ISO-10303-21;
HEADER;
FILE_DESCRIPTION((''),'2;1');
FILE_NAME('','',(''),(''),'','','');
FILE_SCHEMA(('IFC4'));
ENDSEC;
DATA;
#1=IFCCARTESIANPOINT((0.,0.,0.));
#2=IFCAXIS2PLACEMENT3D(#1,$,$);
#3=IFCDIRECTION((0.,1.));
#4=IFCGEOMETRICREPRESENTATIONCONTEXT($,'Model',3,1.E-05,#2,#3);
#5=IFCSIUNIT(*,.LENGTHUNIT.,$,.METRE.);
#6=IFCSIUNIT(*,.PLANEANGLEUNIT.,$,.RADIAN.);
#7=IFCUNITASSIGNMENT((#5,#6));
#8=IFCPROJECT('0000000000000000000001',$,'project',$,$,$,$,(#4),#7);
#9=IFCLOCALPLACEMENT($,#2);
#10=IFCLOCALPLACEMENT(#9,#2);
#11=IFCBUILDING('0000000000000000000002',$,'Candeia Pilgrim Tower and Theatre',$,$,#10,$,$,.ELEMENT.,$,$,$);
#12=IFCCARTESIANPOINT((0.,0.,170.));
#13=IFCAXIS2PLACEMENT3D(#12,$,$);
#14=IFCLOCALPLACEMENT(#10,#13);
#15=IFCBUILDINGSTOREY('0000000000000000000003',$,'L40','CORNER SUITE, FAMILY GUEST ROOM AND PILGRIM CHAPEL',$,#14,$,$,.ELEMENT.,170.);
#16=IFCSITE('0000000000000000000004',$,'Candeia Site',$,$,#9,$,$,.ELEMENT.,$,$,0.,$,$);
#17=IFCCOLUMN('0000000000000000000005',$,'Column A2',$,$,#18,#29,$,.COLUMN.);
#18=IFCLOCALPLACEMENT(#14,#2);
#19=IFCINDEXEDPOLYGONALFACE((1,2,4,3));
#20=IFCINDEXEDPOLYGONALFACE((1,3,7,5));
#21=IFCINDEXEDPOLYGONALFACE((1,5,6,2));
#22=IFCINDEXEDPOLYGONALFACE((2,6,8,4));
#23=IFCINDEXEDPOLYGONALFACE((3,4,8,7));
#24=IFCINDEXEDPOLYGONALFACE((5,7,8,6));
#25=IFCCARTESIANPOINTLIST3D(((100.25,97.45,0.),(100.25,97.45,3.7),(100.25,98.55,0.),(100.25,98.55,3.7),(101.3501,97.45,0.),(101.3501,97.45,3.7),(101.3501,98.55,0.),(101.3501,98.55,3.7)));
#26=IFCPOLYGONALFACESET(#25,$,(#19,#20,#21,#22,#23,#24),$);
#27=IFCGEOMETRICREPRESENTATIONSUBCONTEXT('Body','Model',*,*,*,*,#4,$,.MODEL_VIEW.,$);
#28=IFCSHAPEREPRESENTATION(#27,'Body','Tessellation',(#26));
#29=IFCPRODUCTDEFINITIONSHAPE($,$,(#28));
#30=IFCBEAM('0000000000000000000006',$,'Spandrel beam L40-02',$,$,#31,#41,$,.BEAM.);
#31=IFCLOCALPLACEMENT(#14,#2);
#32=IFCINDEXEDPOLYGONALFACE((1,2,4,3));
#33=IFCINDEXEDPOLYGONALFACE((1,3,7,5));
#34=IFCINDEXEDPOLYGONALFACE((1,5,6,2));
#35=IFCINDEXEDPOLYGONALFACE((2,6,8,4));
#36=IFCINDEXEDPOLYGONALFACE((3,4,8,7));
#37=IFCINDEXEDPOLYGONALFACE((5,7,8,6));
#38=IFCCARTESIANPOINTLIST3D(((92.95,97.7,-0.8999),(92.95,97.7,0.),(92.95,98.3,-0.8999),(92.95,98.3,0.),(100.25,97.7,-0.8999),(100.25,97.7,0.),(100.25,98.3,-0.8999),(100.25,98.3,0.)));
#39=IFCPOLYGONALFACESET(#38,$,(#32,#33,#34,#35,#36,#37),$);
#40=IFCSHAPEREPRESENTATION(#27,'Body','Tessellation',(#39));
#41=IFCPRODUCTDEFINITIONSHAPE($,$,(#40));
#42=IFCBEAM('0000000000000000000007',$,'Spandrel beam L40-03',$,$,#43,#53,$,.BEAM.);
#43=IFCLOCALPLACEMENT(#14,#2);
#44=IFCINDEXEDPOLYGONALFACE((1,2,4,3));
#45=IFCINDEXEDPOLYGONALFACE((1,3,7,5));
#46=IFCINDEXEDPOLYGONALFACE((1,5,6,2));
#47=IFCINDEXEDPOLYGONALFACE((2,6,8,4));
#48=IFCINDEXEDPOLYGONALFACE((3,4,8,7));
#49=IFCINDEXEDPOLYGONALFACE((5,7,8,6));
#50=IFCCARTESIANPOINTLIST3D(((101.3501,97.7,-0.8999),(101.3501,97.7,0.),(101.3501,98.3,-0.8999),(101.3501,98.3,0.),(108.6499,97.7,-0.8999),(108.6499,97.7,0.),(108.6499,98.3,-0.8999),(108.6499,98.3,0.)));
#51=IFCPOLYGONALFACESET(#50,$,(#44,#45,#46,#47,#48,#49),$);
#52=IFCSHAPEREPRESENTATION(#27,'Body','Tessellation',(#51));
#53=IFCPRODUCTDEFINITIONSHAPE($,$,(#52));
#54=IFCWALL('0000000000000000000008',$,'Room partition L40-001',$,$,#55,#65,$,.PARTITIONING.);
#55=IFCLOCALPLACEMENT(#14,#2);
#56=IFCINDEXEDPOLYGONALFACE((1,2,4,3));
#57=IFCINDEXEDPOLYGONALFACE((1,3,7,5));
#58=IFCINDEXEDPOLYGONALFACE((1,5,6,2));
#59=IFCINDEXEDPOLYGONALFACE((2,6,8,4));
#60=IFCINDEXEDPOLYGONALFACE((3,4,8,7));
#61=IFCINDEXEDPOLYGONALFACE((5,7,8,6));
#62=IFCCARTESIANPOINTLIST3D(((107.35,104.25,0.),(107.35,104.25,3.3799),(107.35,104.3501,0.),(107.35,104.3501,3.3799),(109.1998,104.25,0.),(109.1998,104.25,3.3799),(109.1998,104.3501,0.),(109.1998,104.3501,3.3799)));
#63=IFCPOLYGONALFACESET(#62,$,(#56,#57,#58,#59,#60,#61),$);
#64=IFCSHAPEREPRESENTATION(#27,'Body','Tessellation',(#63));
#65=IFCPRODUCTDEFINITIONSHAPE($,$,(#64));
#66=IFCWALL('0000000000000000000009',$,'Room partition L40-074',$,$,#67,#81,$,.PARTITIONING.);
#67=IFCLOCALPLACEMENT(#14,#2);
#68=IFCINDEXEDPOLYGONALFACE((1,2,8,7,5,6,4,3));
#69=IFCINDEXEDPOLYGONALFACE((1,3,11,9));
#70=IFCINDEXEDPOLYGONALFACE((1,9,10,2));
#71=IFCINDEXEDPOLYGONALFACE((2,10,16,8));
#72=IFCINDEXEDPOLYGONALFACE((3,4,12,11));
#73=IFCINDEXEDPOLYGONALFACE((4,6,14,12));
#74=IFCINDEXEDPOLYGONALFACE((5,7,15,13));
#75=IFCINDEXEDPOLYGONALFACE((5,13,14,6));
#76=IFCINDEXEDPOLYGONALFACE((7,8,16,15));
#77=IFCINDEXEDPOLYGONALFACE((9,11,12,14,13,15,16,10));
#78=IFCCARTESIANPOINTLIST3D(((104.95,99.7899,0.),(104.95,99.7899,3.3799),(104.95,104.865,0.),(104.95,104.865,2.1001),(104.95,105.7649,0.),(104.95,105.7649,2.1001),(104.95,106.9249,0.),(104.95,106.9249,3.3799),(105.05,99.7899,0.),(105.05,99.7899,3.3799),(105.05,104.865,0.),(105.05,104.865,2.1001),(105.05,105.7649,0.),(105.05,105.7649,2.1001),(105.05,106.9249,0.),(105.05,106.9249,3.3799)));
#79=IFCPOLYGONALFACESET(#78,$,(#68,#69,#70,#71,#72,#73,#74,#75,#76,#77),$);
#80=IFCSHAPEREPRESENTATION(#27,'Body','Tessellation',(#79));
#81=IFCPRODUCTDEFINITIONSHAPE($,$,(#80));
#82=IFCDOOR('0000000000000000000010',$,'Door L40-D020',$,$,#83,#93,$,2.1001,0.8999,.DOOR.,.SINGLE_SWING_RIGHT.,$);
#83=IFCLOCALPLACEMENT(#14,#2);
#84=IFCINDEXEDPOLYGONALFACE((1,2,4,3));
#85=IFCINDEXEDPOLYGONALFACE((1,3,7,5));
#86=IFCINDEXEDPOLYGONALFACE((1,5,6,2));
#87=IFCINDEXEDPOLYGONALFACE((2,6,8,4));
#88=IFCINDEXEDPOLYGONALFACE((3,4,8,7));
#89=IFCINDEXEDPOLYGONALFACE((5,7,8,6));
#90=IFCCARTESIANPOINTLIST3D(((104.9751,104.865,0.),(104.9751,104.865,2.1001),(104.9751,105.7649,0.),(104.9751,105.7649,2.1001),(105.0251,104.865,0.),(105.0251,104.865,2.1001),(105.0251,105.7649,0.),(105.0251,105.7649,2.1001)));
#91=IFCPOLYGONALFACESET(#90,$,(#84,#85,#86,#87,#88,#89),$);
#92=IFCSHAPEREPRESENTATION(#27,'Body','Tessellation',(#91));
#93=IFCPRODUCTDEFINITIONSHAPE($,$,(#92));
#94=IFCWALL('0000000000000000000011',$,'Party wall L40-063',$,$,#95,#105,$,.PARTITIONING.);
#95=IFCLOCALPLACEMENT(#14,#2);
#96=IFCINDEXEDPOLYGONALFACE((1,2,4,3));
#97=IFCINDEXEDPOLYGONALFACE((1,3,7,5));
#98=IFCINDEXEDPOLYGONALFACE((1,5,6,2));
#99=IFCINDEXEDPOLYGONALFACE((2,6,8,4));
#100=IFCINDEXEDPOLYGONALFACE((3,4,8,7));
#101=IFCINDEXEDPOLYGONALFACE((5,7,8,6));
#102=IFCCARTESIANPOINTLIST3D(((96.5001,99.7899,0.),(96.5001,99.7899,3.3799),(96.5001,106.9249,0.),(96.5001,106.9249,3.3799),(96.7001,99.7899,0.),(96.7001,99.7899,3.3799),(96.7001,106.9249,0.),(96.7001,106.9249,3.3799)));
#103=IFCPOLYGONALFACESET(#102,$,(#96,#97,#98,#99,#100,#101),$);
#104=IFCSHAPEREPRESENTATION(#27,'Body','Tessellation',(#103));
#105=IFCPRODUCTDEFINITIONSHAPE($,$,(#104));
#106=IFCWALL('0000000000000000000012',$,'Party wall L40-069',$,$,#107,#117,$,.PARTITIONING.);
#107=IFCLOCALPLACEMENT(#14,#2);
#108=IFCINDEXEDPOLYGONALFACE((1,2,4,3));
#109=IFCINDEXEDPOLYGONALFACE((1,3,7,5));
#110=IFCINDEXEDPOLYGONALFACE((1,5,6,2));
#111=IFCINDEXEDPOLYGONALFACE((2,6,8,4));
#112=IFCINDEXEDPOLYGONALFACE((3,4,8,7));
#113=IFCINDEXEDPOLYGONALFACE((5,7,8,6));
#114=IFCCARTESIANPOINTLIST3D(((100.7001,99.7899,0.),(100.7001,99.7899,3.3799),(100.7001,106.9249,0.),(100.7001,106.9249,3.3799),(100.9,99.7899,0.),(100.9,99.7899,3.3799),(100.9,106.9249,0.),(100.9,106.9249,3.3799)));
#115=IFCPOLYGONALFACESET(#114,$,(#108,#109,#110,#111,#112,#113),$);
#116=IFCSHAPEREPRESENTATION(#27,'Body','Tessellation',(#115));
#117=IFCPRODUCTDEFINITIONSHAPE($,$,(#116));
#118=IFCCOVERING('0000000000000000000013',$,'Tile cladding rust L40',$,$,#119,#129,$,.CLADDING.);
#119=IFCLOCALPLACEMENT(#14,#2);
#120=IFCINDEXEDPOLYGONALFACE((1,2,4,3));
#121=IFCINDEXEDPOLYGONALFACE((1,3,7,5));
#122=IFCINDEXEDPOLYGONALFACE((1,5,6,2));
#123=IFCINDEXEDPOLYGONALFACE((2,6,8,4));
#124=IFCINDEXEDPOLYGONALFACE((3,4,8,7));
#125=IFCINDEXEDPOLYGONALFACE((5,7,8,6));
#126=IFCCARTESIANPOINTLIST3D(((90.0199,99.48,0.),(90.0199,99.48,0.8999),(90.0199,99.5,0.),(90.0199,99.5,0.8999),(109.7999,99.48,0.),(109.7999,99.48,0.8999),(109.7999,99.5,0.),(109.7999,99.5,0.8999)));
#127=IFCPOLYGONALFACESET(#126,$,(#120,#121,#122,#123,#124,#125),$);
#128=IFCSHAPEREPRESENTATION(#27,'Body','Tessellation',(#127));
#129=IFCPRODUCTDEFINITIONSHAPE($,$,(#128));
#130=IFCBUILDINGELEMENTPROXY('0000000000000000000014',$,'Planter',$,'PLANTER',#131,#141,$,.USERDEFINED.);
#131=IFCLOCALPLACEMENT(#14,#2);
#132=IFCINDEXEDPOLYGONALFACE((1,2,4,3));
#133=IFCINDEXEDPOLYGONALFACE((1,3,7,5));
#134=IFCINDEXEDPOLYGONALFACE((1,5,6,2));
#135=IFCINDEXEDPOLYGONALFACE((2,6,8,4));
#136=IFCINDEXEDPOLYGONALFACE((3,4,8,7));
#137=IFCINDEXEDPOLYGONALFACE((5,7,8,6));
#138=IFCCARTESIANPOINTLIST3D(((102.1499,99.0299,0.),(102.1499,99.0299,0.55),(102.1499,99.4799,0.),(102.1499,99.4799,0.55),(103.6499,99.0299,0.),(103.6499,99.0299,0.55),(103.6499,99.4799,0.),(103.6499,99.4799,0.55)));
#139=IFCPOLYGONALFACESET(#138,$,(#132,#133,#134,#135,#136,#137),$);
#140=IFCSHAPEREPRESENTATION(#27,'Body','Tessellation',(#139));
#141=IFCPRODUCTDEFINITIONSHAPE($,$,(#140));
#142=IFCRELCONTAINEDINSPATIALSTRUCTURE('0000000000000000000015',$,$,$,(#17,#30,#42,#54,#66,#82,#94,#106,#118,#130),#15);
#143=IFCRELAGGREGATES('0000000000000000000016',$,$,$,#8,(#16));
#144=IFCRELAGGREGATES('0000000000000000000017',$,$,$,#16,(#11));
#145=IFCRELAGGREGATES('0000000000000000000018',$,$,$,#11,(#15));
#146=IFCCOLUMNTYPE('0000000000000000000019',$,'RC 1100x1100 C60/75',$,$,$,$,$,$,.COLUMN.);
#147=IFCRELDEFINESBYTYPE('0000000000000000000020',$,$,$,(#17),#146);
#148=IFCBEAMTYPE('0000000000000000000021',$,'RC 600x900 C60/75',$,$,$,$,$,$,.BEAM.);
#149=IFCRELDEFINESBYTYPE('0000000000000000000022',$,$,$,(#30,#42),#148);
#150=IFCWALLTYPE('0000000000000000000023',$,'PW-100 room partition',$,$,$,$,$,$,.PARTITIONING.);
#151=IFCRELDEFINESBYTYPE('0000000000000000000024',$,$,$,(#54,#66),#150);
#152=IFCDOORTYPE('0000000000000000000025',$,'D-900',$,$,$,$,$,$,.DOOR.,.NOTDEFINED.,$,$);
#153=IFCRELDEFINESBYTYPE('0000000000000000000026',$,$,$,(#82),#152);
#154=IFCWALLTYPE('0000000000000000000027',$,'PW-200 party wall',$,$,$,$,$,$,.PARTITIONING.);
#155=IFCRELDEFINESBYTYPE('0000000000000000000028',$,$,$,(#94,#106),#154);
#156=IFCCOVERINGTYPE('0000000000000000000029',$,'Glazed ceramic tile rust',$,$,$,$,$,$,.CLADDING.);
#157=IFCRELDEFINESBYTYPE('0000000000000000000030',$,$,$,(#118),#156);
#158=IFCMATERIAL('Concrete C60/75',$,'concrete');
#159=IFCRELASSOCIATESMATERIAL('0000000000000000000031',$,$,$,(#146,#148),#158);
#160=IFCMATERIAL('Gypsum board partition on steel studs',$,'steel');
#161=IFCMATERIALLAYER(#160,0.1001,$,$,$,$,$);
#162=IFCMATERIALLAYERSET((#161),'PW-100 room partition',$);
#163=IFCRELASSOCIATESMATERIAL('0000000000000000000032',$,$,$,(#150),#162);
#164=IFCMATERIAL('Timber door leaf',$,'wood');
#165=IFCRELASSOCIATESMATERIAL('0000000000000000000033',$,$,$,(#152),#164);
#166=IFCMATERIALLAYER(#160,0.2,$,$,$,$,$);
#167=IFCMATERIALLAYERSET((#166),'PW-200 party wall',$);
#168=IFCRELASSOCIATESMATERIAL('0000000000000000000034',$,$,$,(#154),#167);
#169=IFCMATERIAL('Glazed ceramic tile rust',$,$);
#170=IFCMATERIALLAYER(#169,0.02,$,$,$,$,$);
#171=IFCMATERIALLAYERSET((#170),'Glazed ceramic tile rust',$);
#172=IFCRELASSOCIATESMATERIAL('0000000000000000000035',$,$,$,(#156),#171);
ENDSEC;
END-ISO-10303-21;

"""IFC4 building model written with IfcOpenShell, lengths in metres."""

from ifc_helpers import new_model, si_unit, direction, frame, frame_2d, origin, origin_2d, place, context, subcontext, project, spatial, rectangle, extrude, material, layer, layer_set, material_profile, profile_set, type_object, element, fill, save


model = new_model("IFC4")

# Units and contexts
model_context = context("Model", 3, precision=1e-05, world=origin(), true_north=direction((0.0, 1.0)))
body_context = subcontext(model_context, "Body", "Model", "MODEL_VIEW")
ifc_project = project(units=[si_unit("LENGTHUNIT", "METRE"), si_unit("PLANEANGLEUNIT", "RADIAN")], contexts=[model_context])

# Site, building, storey
site_placement = place(None, origin())
site = spatial("IfcSite", under=ifc_project, at=site_placement, Name="Candeia Site", CompositionType="ELEMENT", RefElevation=0.0)
building_placement = place(site_placement, origin())
building = spatial("IfcBuilding", under=site, at=building_placement, Name="Candeia Pilgrim Tower and Theatre", CompositionType="ELEMENT")
storey_placement = place(building_placement, frame((0.0, 0.0, 170.0)))
storey = spatial("IfcBuildingStorey", under=building, at=storey_placement, Name="L40", Description="CORNER SUITE, FAMILY GUEST ROOM AND PILGRIM CHAPEL", CompositionType="ELEMENT", Elevation=170.0)

# Column
ifc_material_1 = material(Name="Concrete C60/75", Category="concrete")
ifc_material_profile_1 = material_profile(ifc_material_1, rectangle(XDim=1.1001, YDim=1.1001, at=origin_2d()))
ifc_profile_set_1 = profile_set([ifc_material_profile_1], Name="Concrete C60/75")
column_type = type_object("IfcColumnType", Name="RC 1100x1100 C60/75", PredefinedType="COLUMN", material=ifc_profile_set_1)
column_placement = place(storey_placement, frame((100.8, 98.0, 0.0), z_axis=(0.0, 0.0, 1.0), x_axis=(1.0, 0.0, 0.0)))
element("IfcColumn", 1, at=column_placement, inside=storey, type_object=column_type, Name="Column A2", PredefinedType="COLUMN", context=body_context, shape_type="SweptSolid", body=[
    extrude(rectangle(XDim=1.1001, YDim=1.1001, at=origin_2d()), origin(), (0.0, 0.0, 1.0), 3.7),
])

# Beams
ifc_material_profile_2 = material_profile(ifc_material_1, rectangle(XDim=0.6001, YDim=0.8999, at=origin_2d()))
ifc_profile_set_2 = profile_set([ifc_material_profile_2], Name="Concrete C60/75")
beam_type = type_object("IfcBeamType", Name="RC 600x900 C60/75", PredefinedType="BEAM", material=ifc_profile_set_2)
beam_1_placement = place(storey_placement, frame((92.95, 98.0, -0.45), z_axis=(1.0, 0.0, 0.0), x_axis=(0.0, 1.0, 0.0)))
element("IfcBeam", 2, at=beam_1_placement, inside=storey, type_object=beam_type, Name="Spandrel beam L40-02", PredefinedType="BEAM", context=body_context, shape_type="SweptSolid", body=[
    extrude(rectangle(XDim=0.6001, YDim=0.8999, at=origin_2d()), origin(), (0.0, 0.0, 1.0), 7.3),
])
beam_2_placement = place(storey_placement, frame((101.3501, 98.0, -0.45), z_axis=(1.0, 0.0, 0.0), x_axis=(0.0, 1.0, 0.0)))
element("IfcBeam", 3, at=beam_2_placement, inside=storey, type_object=beam_type, Name="Spandrel beam L40-03", PredefinedType="BEAM", context=body_context, shape_type="SweptSolid", body=[
    extrude(rectangle(XDim=0.6001, YDim=0.8999, at=origin_2d()), origin(), (0.0, 0.0, 1.0), 7.2998),
])

# Wall
ifc_material_2 = material(Name="Gypsum board partition on steel studs", Category="steel")
ifc_layer_1 = layer(ifc_material_2, 0.1001)
ifc_layer_set_1 = layer_set([ifc_layer_1], Name="PW-100 room partition")
wall_type_1 = type_object("IfcWallType", Name="PW-100 room partition", PredefinedType="PARTITIONING", material=ifc_layer_set_1)
wall_1_placement = place(storey_placement, frame((107.3501, 104.3, 0.0), z_axis=(0.0, 0.0, 1.0), x_axis=(1.0, 0.0, 0.0)))
element("IfcWall", 4, at=wall_1_placement, inside=storey, type_object=wall_type_1, Name="Room partition L40-001", PredefinedType="PARTITIONING", context=body_context, shape_type="SweptSolid", body=[
    extrude(rectangle(XDim=1.8499, YDim=0.1001, at=frame_2d((0.9248, 0.0))), origin(), (0.0, 0.0, 1.0), 3.3799),
])

# Wall, opening, door
wall_2_placement = place(storey_placement, frame((105.0, 99.79, 0.0), z_axis=(0.0, 0.0, 1.0), x_axis=(0.0, 1.0, 0.0)))
wall_2 = element("IfcWall", 5, at=wall_2_placement, inside=storey, type_object=wall_type_1, Name="Room partition L40-074", PredefinedType="PARTITIONING", context=body_context, shape_type="SweptSolid", body=[
    extrude(rectangle(XDim=7.135, YDim=0.1001, at=frame_2d((3.5674, 0.0))), origin(), (0.0, 0.0, 1.0), 3.3799),
])
opening_placement = place(wall_2_placement, frame((5.075, 0.0, 0.0)))
opening = element("IfcOpeningElement", 6, at=opening_placement, cuts=wall_2, PredefinedType="OPENING", context=body_context, shape_type="SweptSolid", body=[
    extrude(rectangle(XDim=0.8999, YDim=2.1001, at=frame_2d((0.45, 1.05))), frame((0.0, 0.0601, 0.0), z_axis=(0.0, -1.0, 0.0), x_axis=(1.0, 0.0, 0.0)), (0.0, 0.0, 1.0), 0.1201),
])
ifc_material_3 = material(Name="Timber door leaf", Category="wood")
door_type = type_object("IfcDoorType", Name="D-900", OperationType="NOTDEFINED", PredefinedType="DOOR", material=ifc_material_3)
door_placement = place(opening_placement, origin())
door = element("IfcDoor", 7, at=door_placement, inside=storey, type_object=door_type, Name="Door L40-D020", OperationType="SINGLE_SWING_RIGHT", OverallHeight=2.1001, OverallWidth=0.8999, PredefinedType="DOOR", context=body_context, shape_type="SweptSolid", body=[
    extrude(rectangle(XDim=0.8999, YDim=2.1001, at=frame_2d((0.45, 1.05))), frame((0.0, 0.0249, 0.0), z_axis=(0.0, -1.0, 0.0), x_axis=(1.0, 0.0, 0.0)), (0.0, 0.0, 1.0), 0.05),
])
fill(opening, door)

# Walls
ifc_layer_2 = layer(ifc_material_2, 0.2)
ifc_layer_set_2 = layer_set([ifc_layer_2], Name="PW-200 party wall")
wall_type_2 = type_object("IfcWallType", Name="PW-200 party wall", PredefinedType="PARTITIONING", material=ifc_layer_set_2)
for number, where, z_axis, x_axis, name in (
    (8, (96.6001, 99.79, 0.0), (0.0, 0.0, 1.0), (0.0, 1.0, 0.0), "Party wall L40-063"),
    (9, (100.8, 99.79, 0.0), (0.0, 0.0, 1.0), (0.0, 1.0, 0.0), "Party wall L40-069"),
):
    element("IfcWall", number, at=place(storey_placement, frame(where, z_axis=z_axis, x_axis=x_axis)), inside=storey, type_object=wall_type_2, Name=name, PredefinedType="PARTITIONING", context=body_context, shape_type="SweptSolid", body=[
        extrude(rectangle(XDim=7.135, YDim=0.2, at=frame_2d((3.5674, 0.0))), origin(), (0.0, 0.0, 1.0), 3.3799),
    ])

# Covering
ifc_material_4 = material(Name="Glazed ceramic tile rust")
ifc_layer_3 = layer(ifc_material_4, 0.02)
ifc_layer_set_3 = layer_set([ifc_layer_3], Name="Glazed ceramic tile rust")
covering_type = type_object("IfcCoveringType", Name="Glazed ceramic tile rust", PredefinedType="CLADDING", material=ifc_layer_set_3)
covering_placement = place(storey_placement, frame((99.9099, 99.49, 0.0), z_axis=(0.0, 0.0, 1.0), x_axis=(1.0, 0.0, 0.0)))
element("IfcCovering", 10, at=covering_placement, inside=storey, type_object=covering_type, Name="Tile cladding rust L40", PredefinedType="CLADDING", context=body_context, shape_type="SweptSolid", body=[
    extrude(rectangle(XDim=19.78, YDim=0.02, at=origin_2d()), origin(), (0.0, 0.0, 1.0), 0.8999),
])

# Building element proxy
proxy_placement = place(storey_placement, frame((102.8999, 99.2549, 0.0), z_axis=(0.0, 0.0, 1.0), x_axis=(1.0, 0.0, 0.0)))
element("IfcBuildingElementProxy", 11, at=proxy_placement, inside=storey, Name="Planter", ObjectType="PLANTER", PredefinedType="USERDEFINED", context=body_context, shape_type="SweptSolid", body=[
    extrude(rectangle(XDim=1.5, YDim=0.45, at=origin_2d()), origin(), (0.0, 0.0, 1.0), 0.55),
])

save(model, "model.ifc")
